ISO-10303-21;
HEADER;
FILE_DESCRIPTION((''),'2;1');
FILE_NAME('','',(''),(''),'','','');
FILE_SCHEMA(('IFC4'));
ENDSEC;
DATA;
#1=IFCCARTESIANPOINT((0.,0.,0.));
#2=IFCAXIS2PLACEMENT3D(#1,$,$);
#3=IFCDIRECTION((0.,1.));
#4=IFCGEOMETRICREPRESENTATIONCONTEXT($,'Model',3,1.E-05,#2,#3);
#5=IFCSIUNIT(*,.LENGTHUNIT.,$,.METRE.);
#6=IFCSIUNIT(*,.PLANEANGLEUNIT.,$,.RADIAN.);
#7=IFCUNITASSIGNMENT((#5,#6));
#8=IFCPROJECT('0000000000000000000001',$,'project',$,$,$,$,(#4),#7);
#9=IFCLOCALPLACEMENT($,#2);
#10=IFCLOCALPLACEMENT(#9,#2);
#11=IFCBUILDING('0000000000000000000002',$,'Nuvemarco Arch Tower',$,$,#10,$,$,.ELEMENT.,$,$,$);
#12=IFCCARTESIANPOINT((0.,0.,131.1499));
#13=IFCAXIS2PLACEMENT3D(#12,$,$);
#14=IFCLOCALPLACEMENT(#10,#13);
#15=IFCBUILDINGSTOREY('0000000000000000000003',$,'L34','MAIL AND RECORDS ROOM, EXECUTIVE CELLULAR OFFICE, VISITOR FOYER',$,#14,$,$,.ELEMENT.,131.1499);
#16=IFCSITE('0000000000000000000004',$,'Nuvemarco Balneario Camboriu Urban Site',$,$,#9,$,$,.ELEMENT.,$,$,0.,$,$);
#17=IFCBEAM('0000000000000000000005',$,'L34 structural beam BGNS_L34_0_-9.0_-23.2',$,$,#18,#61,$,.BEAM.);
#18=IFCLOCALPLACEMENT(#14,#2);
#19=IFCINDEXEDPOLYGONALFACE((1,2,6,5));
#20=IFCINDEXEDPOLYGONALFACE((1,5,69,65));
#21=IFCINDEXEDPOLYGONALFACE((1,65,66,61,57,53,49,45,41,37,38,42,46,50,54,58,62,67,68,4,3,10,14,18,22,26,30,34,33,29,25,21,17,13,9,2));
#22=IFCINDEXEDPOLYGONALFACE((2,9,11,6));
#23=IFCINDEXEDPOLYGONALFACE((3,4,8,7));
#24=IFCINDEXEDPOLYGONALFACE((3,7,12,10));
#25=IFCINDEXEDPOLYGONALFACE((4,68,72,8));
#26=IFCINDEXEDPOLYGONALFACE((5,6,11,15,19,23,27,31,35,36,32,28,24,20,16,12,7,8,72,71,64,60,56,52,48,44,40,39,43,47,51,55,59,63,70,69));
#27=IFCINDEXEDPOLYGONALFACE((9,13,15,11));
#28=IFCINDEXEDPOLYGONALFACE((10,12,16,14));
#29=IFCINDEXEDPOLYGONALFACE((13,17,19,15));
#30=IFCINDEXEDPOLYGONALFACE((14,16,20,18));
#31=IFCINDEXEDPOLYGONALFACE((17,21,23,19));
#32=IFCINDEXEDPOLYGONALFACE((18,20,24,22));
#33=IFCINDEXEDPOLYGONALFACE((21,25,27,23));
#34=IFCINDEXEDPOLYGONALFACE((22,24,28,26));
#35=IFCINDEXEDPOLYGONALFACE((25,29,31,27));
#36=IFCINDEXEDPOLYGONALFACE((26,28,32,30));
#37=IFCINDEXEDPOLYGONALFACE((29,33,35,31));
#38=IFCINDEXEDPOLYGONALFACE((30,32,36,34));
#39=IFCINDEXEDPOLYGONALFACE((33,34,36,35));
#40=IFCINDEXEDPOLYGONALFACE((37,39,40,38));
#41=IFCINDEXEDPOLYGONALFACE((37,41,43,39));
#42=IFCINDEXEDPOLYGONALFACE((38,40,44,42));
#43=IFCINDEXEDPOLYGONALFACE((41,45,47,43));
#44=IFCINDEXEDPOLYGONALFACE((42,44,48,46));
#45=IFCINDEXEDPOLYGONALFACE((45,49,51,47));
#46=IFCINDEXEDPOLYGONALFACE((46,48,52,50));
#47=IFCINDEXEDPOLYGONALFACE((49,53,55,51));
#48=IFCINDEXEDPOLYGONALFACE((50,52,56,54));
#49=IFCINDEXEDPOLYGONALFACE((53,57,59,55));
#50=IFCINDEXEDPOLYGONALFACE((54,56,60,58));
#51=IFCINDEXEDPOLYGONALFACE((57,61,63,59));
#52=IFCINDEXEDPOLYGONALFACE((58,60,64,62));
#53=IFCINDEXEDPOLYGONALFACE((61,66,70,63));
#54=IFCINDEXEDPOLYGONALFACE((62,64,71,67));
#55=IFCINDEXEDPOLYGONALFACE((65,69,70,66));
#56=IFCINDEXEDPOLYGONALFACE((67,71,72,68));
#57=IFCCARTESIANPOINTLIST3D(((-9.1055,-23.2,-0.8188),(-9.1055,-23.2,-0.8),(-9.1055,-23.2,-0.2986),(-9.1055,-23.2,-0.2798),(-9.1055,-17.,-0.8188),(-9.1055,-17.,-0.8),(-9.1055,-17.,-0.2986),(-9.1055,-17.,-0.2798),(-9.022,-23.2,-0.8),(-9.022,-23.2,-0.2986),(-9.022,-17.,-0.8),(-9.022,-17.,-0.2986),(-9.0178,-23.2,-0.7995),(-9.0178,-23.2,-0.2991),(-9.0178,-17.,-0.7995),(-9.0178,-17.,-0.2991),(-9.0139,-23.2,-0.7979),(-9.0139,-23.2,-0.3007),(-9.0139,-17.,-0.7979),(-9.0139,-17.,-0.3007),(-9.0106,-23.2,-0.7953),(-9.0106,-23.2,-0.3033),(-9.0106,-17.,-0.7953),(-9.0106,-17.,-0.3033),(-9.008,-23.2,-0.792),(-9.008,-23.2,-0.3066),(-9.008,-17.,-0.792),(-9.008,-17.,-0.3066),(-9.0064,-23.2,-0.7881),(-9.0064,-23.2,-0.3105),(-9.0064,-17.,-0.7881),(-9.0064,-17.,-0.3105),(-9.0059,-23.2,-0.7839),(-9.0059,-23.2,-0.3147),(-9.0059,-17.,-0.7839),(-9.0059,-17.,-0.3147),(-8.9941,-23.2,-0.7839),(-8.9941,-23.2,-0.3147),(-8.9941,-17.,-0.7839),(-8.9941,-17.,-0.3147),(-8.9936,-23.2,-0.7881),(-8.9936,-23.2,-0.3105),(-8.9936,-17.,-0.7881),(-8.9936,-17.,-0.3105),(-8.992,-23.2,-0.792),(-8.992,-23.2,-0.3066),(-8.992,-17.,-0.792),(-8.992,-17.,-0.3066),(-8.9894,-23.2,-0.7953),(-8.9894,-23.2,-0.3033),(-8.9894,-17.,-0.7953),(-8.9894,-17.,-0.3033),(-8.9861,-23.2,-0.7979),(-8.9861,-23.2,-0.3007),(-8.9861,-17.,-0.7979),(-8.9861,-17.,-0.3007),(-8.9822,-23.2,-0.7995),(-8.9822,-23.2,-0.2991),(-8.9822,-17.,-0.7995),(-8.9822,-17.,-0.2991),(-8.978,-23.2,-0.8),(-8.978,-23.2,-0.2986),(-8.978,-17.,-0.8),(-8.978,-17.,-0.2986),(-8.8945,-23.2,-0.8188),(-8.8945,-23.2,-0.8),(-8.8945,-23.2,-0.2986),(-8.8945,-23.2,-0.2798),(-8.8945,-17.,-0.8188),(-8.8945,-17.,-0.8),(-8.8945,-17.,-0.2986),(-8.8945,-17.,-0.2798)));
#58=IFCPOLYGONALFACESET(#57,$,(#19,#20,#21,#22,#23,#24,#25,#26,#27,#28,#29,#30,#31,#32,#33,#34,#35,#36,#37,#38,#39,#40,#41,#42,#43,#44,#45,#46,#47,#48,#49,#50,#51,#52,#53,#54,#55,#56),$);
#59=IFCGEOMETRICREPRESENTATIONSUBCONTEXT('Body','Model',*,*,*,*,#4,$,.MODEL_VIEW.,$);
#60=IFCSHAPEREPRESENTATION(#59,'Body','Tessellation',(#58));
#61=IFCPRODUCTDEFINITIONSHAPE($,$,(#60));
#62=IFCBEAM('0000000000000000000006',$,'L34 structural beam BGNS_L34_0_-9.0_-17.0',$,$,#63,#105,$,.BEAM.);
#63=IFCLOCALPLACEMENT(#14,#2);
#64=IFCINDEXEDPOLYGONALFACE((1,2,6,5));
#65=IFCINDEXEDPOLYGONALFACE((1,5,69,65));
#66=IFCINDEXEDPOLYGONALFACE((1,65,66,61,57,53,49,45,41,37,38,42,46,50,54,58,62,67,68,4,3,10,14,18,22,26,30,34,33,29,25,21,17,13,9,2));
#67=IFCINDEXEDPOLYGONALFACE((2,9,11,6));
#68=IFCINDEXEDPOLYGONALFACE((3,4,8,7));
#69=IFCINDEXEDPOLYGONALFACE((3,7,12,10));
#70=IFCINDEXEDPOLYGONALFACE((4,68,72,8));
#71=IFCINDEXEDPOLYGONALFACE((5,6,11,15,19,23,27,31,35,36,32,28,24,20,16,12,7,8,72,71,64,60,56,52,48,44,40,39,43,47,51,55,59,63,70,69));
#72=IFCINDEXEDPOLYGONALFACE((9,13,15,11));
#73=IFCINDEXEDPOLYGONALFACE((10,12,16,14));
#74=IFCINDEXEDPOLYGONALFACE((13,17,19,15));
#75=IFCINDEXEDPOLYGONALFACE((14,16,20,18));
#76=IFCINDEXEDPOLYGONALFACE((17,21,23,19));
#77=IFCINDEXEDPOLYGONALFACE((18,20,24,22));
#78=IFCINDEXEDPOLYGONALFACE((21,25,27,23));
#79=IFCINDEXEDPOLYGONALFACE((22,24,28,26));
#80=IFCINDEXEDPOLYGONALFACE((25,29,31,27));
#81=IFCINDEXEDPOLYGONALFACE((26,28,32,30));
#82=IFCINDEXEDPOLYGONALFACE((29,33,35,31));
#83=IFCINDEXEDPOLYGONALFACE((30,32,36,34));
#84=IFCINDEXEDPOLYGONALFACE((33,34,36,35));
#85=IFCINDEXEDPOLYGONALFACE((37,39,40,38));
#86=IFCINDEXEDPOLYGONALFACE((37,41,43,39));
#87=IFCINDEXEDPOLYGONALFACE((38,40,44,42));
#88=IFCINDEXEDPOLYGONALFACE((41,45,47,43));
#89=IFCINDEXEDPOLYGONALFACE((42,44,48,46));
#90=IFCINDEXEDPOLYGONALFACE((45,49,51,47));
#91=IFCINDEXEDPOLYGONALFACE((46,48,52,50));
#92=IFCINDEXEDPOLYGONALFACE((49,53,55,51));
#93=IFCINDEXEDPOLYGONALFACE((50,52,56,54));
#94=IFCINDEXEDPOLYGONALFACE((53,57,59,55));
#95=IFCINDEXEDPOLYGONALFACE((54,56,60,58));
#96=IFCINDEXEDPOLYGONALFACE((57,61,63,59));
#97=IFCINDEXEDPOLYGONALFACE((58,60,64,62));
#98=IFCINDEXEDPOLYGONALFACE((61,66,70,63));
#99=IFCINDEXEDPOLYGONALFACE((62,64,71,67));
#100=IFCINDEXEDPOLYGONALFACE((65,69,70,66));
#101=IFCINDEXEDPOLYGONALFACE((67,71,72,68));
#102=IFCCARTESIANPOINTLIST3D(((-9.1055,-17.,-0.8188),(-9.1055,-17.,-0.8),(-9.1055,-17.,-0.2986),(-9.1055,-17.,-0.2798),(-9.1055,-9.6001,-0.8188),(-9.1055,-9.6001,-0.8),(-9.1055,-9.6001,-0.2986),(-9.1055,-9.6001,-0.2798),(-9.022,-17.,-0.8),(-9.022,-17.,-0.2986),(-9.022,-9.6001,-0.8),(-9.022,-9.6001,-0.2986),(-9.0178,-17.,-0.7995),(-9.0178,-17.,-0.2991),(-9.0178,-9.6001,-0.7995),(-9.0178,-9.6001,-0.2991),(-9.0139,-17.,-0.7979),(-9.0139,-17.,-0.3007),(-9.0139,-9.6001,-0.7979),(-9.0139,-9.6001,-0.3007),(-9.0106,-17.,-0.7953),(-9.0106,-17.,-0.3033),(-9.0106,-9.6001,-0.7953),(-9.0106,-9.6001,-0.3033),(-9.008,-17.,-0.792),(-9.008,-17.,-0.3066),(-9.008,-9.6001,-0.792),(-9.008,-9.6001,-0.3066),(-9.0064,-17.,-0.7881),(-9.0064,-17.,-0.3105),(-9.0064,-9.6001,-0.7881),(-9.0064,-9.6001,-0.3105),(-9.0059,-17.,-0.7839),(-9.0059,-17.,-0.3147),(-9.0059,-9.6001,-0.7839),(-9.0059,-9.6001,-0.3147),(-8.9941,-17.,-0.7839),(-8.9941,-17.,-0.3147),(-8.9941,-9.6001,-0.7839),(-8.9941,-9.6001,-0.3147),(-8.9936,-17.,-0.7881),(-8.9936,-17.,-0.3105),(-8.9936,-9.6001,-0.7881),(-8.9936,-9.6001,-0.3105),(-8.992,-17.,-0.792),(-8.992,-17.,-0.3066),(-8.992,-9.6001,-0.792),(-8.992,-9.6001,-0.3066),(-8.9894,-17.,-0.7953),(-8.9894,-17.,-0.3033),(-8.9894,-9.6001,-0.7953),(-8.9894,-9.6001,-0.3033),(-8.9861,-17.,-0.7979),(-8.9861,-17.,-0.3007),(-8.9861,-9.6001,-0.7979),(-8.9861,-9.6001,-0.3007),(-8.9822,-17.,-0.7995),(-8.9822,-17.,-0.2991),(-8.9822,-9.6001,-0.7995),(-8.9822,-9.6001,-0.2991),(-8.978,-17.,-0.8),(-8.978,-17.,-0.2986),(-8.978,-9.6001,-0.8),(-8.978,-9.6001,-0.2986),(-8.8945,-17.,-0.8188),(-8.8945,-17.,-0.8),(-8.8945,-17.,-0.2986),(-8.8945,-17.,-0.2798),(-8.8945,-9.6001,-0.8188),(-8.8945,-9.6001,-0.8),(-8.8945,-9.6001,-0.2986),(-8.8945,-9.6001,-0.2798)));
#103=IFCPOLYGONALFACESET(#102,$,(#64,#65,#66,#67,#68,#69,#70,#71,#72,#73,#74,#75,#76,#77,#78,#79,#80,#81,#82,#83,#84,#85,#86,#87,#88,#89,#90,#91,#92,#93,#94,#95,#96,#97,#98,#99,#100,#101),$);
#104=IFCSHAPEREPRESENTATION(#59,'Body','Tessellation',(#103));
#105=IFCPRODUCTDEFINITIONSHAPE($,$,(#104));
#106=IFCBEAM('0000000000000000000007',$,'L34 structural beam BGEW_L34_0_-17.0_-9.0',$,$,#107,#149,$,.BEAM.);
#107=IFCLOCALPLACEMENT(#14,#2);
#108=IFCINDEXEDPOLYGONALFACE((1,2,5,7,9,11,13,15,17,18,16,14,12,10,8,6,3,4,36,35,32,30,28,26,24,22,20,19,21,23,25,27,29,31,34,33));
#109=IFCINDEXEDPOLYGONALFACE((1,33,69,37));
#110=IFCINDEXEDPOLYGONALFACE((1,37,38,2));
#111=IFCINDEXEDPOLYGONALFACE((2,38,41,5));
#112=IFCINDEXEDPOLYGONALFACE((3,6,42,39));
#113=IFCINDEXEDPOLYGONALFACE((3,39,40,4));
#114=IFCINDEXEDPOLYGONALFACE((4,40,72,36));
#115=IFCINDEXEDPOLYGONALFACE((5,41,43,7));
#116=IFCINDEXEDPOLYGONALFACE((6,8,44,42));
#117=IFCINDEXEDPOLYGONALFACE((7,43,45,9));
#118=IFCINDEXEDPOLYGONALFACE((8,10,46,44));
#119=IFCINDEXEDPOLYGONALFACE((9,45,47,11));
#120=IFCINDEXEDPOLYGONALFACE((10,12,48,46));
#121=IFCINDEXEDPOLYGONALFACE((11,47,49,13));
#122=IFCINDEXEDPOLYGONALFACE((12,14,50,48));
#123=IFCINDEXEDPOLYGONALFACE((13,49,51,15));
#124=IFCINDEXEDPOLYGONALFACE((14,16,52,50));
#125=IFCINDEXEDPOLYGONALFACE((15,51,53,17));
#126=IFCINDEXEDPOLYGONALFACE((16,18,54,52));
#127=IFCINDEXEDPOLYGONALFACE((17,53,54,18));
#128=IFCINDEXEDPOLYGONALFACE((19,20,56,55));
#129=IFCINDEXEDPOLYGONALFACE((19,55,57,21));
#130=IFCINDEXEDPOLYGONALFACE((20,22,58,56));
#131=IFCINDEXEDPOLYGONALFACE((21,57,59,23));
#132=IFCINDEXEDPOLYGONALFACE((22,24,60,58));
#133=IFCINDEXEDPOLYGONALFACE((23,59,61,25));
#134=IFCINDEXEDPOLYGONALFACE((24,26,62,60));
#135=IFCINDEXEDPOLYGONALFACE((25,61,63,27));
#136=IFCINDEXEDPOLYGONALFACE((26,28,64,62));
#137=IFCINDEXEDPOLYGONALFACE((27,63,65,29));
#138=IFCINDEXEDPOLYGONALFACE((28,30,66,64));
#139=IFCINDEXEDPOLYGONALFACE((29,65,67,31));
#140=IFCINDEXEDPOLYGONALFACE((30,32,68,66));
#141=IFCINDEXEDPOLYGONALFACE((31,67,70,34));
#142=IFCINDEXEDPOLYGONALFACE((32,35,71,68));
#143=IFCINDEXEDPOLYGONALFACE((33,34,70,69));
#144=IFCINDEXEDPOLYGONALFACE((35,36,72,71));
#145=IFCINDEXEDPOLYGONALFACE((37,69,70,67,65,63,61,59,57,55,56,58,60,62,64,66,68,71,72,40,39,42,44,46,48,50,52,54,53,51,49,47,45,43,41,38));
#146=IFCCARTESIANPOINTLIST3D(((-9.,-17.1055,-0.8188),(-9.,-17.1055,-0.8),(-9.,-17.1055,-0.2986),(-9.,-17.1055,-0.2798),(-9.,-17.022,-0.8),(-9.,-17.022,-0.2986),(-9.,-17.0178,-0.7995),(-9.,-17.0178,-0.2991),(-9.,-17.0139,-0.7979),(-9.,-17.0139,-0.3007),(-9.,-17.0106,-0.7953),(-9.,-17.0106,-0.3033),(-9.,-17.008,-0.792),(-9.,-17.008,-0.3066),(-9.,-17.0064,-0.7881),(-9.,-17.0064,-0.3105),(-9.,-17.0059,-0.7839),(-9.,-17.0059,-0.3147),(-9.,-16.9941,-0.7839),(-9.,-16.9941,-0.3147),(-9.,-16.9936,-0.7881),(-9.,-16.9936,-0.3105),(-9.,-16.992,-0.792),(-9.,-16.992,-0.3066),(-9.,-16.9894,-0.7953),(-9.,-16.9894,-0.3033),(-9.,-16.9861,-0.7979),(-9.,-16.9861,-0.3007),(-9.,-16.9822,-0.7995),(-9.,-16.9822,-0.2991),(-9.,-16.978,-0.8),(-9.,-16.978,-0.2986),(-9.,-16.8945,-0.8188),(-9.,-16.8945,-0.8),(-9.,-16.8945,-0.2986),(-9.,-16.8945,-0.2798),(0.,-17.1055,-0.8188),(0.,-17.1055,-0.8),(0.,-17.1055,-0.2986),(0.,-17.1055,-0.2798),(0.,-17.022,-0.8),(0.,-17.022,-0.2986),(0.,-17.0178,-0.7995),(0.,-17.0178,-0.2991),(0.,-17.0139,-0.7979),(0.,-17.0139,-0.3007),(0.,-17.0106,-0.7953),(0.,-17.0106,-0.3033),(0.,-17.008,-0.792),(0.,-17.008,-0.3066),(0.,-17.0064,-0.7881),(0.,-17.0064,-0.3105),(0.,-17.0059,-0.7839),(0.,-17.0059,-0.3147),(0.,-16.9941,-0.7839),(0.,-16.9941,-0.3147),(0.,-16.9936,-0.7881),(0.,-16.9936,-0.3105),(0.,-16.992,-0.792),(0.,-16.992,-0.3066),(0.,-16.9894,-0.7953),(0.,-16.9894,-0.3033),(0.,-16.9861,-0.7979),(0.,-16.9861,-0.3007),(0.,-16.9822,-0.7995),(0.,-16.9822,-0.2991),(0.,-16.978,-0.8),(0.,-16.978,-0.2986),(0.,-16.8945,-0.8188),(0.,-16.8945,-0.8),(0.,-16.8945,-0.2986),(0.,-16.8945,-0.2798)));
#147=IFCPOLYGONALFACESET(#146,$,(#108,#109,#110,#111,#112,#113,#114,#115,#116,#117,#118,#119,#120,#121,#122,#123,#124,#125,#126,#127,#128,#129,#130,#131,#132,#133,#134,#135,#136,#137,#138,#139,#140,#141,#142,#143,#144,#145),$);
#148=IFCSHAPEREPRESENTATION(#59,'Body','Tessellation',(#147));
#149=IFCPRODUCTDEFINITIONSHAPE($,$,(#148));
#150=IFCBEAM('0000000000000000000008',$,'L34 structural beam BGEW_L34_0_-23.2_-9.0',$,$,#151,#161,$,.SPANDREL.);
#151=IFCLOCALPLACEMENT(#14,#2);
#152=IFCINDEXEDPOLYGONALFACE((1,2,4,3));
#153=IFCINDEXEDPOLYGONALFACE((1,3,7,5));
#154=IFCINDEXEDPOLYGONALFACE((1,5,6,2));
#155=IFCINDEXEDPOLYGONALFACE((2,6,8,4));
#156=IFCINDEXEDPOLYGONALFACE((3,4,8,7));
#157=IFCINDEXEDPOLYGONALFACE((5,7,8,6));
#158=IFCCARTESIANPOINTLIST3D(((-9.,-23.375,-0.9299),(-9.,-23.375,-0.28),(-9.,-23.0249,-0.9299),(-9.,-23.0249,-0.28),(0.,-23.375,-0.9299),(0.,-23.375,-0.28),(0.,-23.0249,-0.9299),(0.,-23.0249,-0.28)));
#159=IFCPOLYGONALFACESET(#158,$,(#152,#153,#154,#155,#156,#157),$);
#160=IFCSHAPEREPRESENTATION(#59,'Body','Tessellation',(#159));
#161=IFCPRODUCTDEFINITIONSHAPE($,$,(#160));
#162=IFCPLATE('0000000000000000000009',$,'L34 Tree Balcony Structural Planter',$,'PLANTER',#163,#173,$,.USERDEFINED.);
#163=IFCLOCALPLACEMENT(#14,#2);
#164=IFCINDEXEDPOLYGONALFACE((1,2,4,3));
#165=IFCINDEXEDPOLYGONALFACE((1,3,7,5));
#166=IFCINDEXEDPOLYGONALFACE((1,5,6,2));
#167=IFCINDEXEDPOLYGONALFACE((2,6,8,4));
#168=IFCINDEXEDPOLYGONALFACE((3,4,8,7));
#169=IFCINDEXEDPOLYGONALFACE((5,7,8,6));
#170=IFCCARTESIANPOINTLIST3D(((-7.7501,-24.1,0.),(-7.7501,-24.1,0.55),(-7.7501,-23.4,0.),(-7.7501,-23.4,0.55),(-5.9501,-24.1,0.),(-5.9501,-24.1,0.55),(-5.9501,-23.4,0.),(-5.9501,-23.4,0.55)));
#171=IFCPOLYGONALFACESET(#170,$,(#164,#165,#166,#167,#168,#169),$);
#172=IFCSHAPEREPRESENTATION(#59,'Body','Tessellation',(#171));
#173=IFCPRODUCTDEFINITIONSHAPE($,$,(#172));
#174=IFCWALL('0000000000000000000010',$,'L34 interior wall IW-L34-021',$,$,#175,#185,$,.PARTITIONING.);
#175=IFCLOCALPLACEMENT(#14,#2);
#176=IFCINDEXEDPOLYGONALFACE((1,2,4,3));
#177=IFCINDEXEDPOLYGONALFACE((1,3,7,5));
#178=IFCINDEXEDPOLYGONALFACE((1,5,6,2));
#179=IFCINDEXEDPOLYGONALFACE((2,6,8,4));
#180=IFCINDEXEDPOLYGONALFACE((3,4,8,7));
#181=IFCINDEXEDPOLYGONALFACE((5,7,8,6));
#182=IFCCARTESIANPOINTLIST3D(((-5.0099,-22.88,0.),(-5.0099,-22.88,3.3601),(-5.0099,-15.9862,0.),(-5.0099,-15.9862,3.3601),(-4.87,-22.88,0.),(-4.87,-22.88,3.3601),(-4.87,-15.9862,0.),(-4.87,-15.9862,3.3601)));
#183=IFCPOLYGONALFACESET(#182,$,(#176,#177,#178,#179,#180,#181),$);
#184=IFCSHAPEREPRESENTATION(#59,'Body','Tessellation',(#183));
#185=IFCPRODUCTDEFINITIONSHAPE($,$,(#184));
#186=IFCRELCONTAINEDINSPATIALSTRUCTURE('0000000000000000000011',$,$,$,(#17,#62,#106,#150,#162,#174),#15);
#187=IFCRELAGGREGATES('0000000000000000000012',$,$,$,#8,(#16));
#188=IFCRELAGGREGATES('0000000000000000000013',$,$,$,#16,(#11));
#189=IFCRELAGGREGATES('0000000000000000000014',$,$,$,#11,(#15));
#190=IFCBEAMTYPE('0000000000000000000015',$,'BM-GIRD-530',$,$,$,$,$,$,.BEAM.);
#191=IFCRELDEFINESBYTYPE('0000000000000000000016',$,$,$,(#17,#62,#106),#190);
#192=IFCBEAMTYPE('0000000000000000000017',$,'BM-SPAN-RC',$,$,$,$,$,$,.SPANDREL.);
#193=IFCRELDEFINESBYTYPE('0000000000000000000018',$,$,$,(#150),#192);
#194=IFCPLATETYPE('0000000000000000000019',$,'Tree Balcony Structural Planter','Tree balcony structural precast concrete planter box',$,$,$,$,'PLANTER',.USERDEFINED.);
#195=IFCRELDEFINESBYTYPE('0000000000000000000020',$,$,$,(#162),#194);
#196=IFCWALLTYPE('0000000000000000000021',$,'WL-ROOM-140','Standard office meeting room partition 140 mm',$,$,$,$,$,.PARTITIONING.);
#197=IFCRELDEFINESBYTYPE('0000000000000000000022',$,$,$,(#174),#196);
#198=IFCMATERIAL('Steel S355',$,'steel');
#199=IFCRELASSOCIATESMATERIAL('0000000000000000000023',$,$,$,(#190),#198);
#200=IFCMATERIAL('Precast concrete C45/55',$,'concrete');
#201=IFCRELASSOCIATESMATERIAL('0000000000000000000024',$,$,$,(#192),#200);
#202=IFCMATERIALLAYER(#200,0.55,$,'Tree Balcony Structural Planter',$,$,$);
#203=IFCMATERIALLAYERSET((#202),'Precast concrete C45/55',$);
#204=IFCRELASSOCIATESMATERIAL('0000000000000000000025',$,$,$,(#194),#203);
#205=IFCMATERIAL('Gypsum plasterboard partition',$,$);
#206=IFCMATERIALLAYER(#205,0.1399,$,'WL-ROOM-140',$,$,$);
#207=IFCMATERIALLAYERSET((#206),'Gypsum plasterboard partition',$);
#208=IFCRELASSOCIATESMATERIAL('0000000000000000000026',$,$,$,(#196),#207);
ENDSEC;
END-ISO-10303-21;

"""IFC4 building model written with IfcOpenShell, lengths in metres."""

from ifc_helpers import new_model, si_unit, direction, frame, frame_2d, origin, origin_2d, place, context, subcontext, project, spatial, rectangle, i_section, extrude, source, transform, mapped, material, layer, layer_set, material_profile, profile_set, type_object, type_shapes, element, save


model = new_model("IFC4")

# Units and contexts
model_context = context("Model", 3, precision=1e-05, world=origin(), true_north=direction((0.0, 1.0)))
body_context = subcontext(model_context, "Body", "Model", "MODEL_VIEW")
ifc_project = project(units=[si_unit("LENGTHUNIT", "METRE"), si_unit("PLANEANGLEUNIT", "RADIAN")], contexts=[model_context])

# Site, building, storey
site_placement = place(None, origin())
site = spatial("IfcSite", under=ifc_project, at=site_placement, Name="Nuvemarco Balneario Camboriu Urban Site", CompositionType="ELEMENT", RefElevation=0.0)
building_placement = place(site_placement, origin())
building = spatial("IfcBuilding", under=site, at=building_placement, Name="Nuvemarco Arch Tower", CompositionType="ELEMENT")
storey_placement = place(building_placement, frame((0.0, 0.0, 131.1499)))
storey = spatial("IfcBuildingStorey", under=building, at=storey_placement, Name="L34", Description="MAIL AND RECORDS ROOM, EXECUTIVE CELLULAR OFFICE, VISITOR FOYER", CompositionType="ELEMENT", Elevation=131.1499)

# Shared definitions
ifc_material_1 = material(Name="Steel S355", Category="steel")

# Beams
ifc_material_profile_1 = material_profile(ifc_material_1, i_section(OverallWidth=0.2109, OverallDepth=0.5391, WebThickness=0.0117, FlangeThickness=0.0188, FilletRadius=0.0161, at=origin_2d()), Name="W530x109")
ifc_profile_set_1 = profile_set([ifc_material_profile_1], Name="Steel S355")
beam_type_1 = type_object("IfcBeamType", Name="BM-GIRD-530", PredefinedType="BEAM", material=ifc_profile_set_1)
beam_1_placement = place(storey_placement, frame((-9.0, -23.2, -0.5493), z_axis=(0.0, 1.0, 0.0), x_axis=(-1.0, 0.0, 0.0)))
element("IfcBeam", 1, at=beam_1_placement, inside=storey, type_object=beam_type_1, Name="L34 structural beam BGNS_L34_0_-9.0_-23.2", PredefinedType="BEAM", context=body_context, shape_type="SweptSolid", body=[
    extrude(i_section(OverallWidth=0.2109, OverallDepth=0.5391, WebThickness=0.0117, FlangeThickness=0.0188, FilletRadius=0.0161, at=origin_2d()), origin(), (0.0, 0.0, 1.0), 6.2),
])
beam_2_placement = place(storey_placement, frame((-9.0, -17.0, -0.5493), z_axis=(0.0, 1.0, 0.0), x_axis=(-1.0, 0.0, 0.0)))
element("IfcBeam", 2, at=beam_2_placement, inside=storey, type_object=beam_type_1, Name="L34 structural beam BGNS_L34_0_-9.0_-17.0", PredefinedType="BEAM", context=body_context, shape_type="SweptSolid", body=[
    extrude(i_section(OverallWidth=0.2109, OverallDepth=0.5391, WebThickness=0.0117, FlangeThickness=0.0188, FilletRadius=0.0161, at=origin_2d()), origin(), (0.0, 0.0, 1.0), 7.3999),
])
beam_3_placement = place(storey_placement, frame((-9.0, -17.0, -0.5493), z_axis=(1.0, 0.0, 0.0), x_axis=(0.0, 1.0, 0.0)))
element("IfcBeam", 3, at=beam_3_placement, inside=storey, type_object=beam_type_1, Name="L34 structural beam BGEW_L34_0_-17.0_-9.0", PredefinedType="BEAM", context=body_context, shape_type="SweptSolid", body=[
    extrude(i_section(OverallWidth=0.2109, OverallDepth=0.5391, WebThickness=0.0117, FlangeThickness=0.0188, FilletRadius=0.0161, at=origin_2d()), origin(), (0.0, 0.0, 1.0), 9.0),
])
ifc_material_2 = material(Name="Precast concrete C45/55", Category="concrete")
ifc_material_profile_2 = material_profile(ifc_material_2, rectangle(XDim=0.3501, YDim=0.6499, at=origin_2d()), Name="PC-SP-350x650")
ifc_profile_set_2 = profile_set([ifc_material_profile_2], Name="Precast concrete C45/55")
beam_type_2 = type_object("IfcBeamType", Name="BM-SPAN-RC", PredefinedType="SPANDREL", material=ifc_profile_set_2)
beam_4_placement = place(storey_placement, frame((-9.0, -23.2, -0.605), z_axis=(1.0, 0.0, 0.0), x_axis=(0.0, 1.0, 0.0)))
element("IfcBeam", 4, at=beam_4_placement, inside=storey, type_object=beam_type_2, Name="L34 structural beam BGEW_L34_0_-23.2_-9.0", PredefinedType="SPANDREL", context=body_context, shape_type="SweptSolid", body=[
    extrude(rectangle(XDim=0.3501, YDim=0.6499, at=origin_2d()), origin(), (0.0, 0.0, 1.0), 9.0),
])

# Plate
ifc_layer_1 = layer(ifc_material_2, 0.55, Name="Tree Balcony Structural Planter")
ifc_layer_set_1 = layer_set([ifc_layer_1], Name="Precast concrete C45/55")
plate_type = type_object("IfcPlateType", Name="Tree Balcony Structural Planter", Description="Tree balcony structural precast concrete planter box", ElementType="PLANTER", PredefinedType="USERDEFINED", material=ifc_layer_set_1)
shared_shape_1 = source(origin(), body_context, "Body", "SweptSolid", [
    extrude(rectangle(XDim=1.8, YDim=0.7, at=origin_2d()), origin(), (0.0, 0.0, 1.0), 0.55),
])
type_shapes(plate_type, [shared_shape_1])
plate_placement = place(storey_placement, frame((-6.8501, -23.75, 0.0), z_axis=(0.0, 0.0, 1.0), x_axis=(1.0, 0.0, 0.0)))
element("IfcPlate", 5, at=plate_placement, inside=storey, type_object=plate_type, Name="L34 Tree Balcony Structural Planter", ObjectType="PLANTER", PredefinedType="USERDEFINED", context=body_context, shape_type="MappedRepresentation", body=[
    mapped(shared_shape_1, transform((0.0, 0.0, 0.0), scale=1.0)),
])

# Wall
ifc_material_3 = material(Name="Gypsum plasterboard partition")
ifc_layer_2 = layer(ifc_material_3, 0.1399, Name="WL-ROOM-140")
ifc_layer_set_2 = layer_set([ifc_layer_2], Name="Gypsum plasterboard partition")
wall_type_1 = type_object("IfcWallType", Name="WL-ROOM-140", Description="Standard office meeting room partition 140 mm", PredefinedType="PARTITIONING", material=ifc_layer_set_2)
wall_placement = place(storey_placement, frame((-4.9399, -22.8799, 0.0), z_axis=(0.0, 0.0, 1.0), x_axis=(0.0, 1.0, 0.0)))
element("IfcWall", 6, at=wall_placement, inside=storey, type_object=wall_type_1, Name="L34 interior wall IW-L34-021", PredefinedType="PARTITIONING", context=body_context, shape_type="SweptSolid", body=[
    extrude(rectangle(XDim=6.8938, YDim=0.1399, at=frame_2d((3.4468, 0.0))), origin(), (0.0, 0.0, 1.0), 3.3601),
])

save(model, "model.ifc")
